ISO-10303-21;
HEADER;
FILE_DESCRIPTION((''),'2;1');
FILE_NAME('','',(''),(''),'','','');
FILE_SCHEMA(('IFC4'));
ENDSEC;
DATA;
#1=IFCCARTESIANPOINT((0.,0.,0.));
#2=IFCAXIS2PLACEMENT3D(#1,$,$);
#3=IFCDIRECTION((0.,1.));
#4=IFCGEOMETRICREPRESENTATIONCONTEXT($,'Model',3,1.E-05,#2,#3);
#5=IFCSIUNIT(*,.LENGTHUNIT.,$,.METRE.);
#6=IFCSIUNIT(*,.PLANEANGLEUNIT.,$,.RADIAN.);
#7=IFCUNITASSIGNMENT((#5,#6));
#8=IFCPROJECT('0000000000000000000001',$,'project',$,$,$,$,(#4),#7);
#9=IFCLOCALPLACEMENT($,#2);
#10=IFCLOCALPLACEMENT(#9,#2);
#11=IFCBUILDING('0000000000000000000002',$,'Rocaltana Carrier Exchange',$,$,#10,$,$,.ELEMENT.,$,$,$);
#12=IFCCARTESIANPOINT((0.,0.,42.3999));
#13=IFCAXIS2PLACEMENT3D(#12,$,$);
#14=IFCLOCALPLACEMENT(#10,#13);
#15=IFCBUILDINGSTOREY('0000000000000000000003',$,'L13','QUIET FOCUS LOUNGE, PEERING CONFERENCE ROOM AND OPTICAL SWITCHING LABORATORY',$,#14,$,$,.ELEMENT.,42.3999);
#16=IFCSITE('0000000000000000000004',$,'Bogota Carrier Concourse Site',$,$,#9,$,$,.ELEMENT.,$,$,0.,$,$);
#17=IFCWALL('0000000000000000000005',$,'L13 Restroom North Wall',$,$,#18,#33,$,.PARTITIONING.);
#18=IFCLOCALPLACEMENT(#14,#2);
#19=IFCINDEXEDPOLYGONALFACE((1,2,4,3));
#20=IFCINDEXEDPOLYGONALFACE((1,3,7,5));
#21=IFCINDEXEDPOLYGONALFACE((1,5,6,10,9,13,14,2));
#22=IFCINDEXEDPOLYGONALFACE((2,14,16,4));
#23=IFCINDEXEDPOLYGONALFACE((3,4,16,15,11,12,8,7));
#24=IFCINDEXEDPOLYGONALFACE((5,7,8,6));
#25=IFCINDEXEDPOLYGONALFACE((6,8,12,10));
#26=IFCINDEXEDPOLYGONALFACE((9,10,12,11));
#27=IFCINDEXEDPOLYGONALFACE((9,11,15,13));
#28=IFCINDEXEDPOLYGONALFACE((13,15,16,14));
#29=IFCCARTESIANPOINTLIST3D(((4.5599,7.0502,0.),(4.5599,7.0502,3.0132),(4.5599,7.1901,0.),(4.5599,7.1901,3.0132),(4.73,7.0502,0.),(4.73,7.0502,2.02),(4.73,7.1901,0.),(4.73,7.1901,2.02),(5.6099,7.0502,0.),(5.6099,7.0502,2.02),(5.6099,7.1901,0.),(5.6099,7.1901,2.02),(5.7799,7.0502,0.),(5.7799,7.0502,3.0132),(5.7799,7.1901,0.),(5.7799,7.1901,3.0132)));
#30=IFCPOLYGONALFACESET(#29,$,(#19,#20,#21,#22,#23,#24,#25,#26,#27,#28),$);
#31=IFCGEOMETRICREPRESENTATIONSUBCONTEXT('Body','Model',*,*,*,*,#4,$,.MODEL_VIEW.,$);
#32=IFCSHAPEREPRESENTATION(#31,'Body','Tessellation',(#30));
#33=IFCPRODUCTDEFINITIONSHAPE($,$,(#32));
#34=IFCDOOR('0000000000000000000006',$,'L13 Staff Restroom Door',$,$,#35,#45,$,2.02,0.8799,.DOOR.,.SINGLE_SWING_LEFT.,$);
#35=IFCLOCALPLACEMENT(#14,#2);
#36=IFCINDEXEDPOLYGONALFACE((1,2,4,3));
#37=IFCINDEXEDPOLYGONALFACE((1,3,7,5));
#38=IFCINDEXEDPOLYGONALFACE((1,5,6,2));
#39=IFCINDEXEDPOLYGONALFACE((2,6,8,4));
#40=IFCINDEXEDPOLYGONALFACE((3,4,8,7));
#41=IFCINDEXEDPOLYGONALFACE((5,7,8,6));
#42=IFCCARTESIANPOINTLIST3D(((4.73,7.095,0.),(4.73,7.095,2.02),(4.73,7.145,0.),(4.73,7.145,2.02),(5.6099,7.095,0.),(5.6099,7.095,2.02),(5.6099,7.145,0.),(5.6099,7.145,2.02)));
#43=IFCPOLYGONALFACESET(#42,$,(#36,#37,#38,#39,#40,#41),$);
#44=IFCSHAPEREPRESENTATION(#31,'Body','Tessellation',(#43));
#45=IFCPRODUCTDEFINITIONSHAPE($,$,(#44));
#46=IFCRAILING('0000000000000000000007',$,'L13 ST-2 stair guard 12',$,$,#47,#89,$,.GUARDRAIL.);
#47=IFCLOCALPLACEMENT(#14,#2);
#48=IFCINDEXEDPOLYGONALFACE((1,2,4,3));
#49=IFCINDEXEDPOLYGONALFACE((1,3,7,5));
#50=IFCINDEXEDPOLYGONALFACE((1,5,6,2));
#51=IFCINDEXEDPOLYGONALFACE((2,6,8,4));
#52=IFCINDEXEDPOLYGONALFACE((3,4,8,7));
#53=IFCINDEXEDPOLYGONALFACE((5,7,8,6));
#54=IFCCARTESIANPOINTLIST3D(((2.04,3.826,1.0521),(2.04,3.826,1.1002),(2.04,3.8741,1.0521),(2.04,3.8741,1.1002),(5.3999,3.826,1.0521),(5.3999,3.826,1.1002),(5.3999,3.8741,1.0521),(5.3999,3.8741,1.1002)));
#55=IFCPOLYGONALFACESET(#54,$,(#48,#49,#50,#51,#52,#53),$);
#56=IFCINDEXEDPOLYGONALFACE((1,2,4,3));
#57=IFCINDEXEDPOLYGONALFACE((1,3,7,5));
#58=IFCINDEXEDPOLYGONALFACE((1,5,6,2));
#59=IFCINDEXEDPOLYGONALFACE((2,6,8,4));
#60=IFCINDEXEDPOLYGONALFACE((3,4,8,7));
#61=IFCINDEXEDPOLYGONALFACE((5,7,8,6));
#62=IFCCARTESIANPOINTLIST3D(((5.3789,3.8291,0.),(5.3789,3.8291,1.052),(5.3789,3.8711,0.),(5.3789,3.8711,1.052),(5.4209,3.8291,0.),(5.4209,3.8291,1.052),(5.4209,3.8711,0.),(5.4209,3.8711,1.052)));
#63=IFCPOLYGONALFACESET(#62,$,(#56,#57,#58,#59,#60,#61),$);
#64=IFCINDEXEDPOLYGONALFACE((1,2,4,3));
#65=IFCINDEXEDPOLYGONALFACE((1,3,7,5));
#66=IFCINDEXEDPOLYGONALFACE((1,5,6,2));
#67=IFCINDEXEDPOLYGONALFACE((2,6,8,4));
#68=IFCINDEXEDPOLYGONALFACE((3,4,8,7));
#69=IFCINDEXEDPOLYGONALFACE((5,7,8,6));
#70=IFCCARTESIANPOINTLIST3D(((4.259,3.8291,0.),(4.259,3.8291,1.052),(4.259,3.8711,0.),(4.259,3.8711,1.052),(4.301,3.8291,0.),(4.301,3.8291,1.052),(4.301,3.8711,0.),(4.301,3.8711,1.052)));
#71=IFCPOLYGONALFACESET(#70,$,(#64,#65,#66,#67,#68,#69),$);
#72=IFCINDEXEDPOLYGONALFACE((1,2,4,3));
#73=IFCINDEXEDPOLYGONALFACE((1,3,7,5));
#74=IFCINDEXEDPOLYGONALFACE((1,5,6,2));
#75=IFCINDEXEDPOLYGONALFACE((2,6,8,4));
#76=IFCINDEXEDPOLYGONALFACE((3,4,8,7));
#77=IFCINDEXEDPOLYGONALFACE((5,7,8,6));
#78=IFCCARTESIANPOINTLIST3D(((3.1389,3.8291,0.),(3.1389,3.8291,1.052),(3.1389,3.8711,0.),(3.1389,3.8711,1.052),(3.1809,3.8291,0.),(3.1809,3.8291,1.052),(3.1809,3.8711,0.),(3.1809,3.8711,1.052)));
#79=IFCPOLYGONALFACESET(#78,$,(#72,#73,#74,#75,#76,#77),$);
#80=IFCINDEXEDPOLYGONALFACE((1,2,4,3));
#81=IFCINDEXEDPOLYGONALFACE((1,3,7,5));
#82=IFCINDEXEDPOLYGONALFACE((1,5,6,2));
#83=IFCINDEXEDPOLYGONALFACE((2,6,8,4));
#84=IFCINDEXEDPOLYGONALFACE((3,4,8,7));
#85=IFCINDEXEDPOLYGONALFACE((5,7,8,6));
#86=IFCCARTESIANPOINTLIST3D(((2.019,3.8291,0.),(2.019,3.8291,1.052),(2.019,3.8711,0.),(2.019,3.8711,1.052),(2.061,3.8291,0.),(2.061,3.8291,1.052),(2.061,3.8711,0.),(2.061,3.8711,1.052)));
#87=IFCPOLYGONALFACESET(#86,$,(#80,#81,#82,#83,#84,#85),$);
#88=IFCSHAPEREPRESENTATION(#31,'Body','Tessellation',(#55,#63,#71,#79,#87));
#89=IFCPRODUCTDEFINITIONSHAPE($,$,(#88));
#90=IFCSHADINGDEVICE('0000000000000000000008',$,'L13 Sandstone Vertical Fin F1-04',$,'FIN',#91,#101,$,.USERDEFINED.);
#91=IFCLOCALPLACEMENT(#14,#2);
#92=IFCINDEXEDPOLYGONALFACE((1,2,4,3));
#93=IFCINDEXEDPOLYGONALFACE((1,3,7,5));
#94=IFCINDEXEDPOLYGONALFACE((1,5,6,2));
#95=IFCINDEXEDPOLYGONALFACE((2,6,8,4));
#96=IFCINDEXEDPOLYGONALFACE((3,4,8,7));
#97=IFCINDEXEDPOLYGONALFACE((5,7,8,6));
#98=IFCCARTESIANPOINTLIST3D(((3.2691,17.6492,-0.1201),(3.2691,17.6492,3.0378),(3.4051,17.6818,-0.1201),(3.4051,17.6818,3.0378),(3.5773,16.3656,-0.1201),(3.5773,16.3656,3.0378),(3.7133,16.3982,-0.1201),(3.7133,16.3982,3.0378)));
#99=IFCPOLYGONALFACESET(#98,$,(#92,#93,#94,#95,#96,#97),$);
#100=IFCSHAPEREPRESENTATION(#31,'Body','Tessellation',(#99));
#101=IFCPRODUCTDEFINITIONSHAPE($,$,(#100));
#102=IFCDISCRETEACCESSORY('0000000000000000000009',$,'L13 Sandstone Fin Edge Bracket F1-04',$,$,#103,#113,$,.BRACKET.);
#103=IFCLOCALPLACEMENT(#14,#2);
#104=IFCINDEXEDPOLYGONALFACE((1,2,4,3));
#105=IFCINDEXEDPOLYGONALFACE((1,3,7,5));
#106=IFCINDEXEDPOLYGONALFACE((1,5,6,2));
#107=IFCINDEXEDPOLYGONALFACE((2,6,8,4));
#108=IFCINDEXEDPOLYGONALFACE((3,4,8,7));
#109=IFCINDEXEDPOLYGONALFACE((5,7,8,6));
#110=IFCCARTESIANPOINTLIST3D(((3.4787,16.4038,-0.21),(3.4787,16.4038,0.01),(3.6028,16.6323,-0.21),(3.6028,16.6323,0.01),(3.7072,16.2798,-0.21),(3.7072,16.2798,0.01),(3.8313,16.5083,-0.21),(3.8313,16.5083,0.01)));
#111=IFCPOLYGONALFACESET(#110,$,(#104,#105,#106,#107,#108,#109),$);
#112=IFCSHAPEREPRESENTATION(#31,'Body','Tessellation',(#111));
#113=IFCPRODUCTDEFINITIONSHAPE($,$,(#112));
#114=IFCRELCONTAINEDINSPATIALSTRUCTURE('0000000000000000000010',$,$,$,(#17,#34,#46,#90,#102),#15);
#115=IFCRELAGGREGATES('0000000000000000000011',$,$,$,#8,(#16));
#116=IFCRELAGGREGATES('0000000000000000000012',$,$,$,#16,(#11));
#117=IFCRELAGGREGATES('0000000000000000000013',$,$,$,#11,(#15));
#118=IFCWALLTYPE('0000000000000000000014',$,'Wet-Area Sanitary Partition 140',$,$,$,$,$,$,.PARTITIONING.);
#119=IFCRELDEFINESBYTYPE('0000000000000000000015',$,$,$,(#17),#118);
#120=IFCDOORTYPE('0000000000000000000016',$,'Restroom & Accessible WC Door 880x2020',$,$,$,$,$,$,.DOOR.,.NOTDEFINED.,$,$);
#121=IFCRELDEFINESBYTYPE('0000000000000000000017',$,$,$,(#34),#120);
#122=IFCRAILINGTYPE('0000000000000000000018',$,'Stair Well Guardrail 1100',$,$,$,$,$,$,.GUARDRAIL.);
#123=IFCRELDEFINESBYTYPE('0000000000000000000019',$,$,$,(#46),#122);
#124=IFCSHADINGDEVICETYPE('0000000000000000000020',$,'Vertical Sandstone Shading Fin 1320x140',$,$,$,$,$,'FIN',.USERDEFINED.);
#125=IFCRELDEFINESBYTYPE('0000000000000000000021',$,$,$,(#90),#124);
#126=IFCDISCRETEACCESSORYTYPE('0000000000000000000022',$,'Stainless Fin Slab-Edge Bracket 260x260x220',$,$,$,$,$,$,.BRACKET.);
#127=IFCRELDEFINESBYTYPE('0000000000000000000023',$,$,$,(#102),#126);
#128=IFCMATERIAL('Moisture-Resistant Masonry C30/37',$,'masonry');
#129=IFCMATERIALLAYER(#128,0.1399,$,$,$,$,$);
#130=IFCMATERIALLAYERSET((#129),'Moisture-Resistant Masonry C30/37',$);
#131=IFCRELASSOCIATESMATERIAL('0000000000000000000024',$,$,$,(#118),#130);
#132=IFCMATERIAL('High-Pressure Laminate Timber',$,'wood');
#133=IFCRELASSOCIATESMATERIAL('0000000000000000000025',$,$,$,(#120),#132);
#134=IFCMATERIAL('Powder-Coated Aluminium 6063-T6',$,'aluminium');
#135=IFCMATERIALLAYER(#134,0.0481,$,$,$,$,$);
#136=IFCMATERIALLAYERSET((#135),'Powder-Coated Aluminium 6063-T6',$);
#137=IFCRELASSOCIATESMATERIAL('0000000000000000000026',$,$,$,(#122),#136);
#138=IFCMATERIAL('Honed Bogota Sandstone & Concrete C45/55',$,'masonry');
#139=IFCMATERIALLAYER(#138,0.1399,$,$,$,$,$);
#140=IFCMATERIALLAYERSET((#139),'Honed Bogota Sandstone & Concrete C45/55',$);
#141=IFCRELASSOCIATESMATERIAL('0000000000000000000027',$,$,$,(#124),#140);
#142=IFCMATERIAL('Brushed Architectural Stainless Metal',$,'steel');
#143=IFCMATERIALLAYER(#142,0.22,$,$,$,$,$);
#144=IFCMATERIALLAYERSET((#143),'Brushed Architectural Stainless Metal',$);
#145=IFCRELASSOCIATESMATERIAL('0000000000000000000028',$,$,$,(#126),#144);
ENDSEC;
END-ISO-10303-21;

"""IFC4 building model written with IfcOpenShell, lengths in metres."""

from ifc_helpers import new_model, si_unit, direction, frame, frame_2d, origin, origin_2d, place, context, subcontext, project, spatial, rectangle, extrude, material, layer, layer_set, type_object, element, fill, save


model = new_model("IFC4")

# Units and contexts
model_context = context("Model", 3, precision=1e-05, world=origin(), true_north=direction((0.0, 1.0)))
body_context = subcontext(model_context, "Body", "Model", "MODEL_VIEW")
ifc_project = project(units=[si_unit("LENGTHUNIT", "METRE"), si_unit("PLANEANGLEUNIT", "RADIAN")], contexts=[model_context])

# Site, building, storey
site_placement = place(None, origin())
site = spatial("IfcSite", under=ifc_project, at=site_placement, Name="Bogota Carrier Concourse Site", CompositionType="ELEMENT", RefElevation=0.0)
building_placement = place(site_placement, origin())
building = spatial("IfcBuilding", under=site, at=building_placement, Name="Rocaltana Carrier Exchange", CompositionType="ELEMENT")
storey_placement = place(building_placement, frame((0.0, 0.0, 42.3999)))
storey = spatial("IfcBuildingStorey", under=building, at=storey_placement, Name="L13", Description="QUIET FOCUS LOUNGE, PEERING CONFERENCE ROOM AND OPTICAL SWITCHING LABORATORY", CompositionType="ELEMENT", Elevation=42.3999)

# Shared definitions
ifc_material_1 = material(Name="Moisture-Resistant Masonry C30/37", Category="masonry")
ifc_layer_1 = layer(ifc_material_1, 0.1399)
ifc_layer_set_1 = layer_set([ifc_layer_1], Name="Moisture-Resistant Masonry C30/37")
wall_type_1 = type_object("IfcWallType", Name="Wet-Area Sanitary Partition 140", PredefinedType="PARTITIONING", material=ifc_layer_set_1)

# Wall, opening, door
wall_1_placement = place(storey_placement, frame((4.5601, 7.1201, 0.0), z_axis=(0.0, 0.0, 1.0), x_axis=(1.0, 0.0, 0.0)))
wall_1 = element("IfcWall", 1, at=wall_1_placement, inside=storey, type_object=wall_type_1, Name="L13 Restroom North Wall", PredefinedType="PARTITIONING", context=body_context, shape_type="SweptSolid", body=[
    extrude(rectangle(XDim=1.22, YDim=0.1399, at=frame_2d((0.6099, 0.0))), origin(), (0.0, 0.0, 1.0), 3.0132),
])
opening_1_placement = place(wall_1_placement, frame((0.1699, 0.0, 0.0)))
opening_1 = element("IfcOpeningElement", 2, at=opening_1_placement, cuts=wall_1, PredefinedType="OPENING", context=body_context, shape_type="SweptSolid", body=[
    extrude(rectangle(XDim=0.8799, YDim=2.02, at=frame_2d((0.4399, 1.01))), frame((0.0, 0.0798, 0.0), z_axis=(0.0, -1.0, 0.0), x_axis=(1.0, 0.0, 0.0)), (0.0, 0.0, 1.0), 0.1599),
])
ifc_material_2 = material(Name="High-Pressure Laminate Timber", Category="wood")
door_type_1 = type_object("IfcDoorType", Name="Restroom & Accessible WC Door 880x2020", OperationType="NOTDEFINED", PredefinedType="DOOR", material=ifc_material_2)
door_1_placement = place(opening_1_placement, origin())
door_1 = element("IfcDoor", 3, at=door_1_placement, inside=storey, type_object=door_type_1, Name="L13 Staff Restroom Door", OperationType="SINGLE_SWING_LEFT", OverallHeight=2.02, OverallWidth=0.8799, PredefinedType="DOOR", context=body_context, shape_type="SweptSolid", body=[
    extrude(rectangle(XDim=0.8799, YDim=2.02, at=frame_2d((0.4399, 1.01))), frame((0.0, 0.0249, 0.0), z_axis=(0.0, -1.0, 0.0), x_axis=(1.0, 0.0, 0.0)), (0.0, 0.0, 1.0), 0.05),
])
fill(opening_1, door_1)

# Railing
ifc_material_3 = material(Name="Powder-Coated Aluminium 6063-T6", Category="aluminium")
ifc_layer_2 = layer(ifc_material_3, 0.0481)
ifc_layer_set_2 = layer_set([ifc_layer_2], Name="Powder-Coated Aluminium 6063-T6")
railing_type = type_object("IfcRailingType", Name="Stair Well Guardrail 1100", PredefinedType="GUARDRAIL", material=ifc_layer_set_2)
railing_placement = place(storey_placement, frame((5.3999, 3.8501, 0.0)))
element("IfcRailing", 4, at=railing_placement, inside=storey, type_object=railing_type, Name="L13 ST-2 stair guard 12", PredefinedType="GUARDRAIL", context=body_context, shape_type="SweptSolid", body=[
    extrude(rectangle(XDim=0.0481, YDim=0.0481, at=origin_2d()), frame((0.0, 0.0, 1.0762), z_axis=(-1.0, 0.0, 0.0), x_axis=(0.0, -1.0, 0.0)), (0.0, 0.0, 1.0), 3.3599),
    extrude(rectangle(XDim=0.042, YDim=0.042, at=origin_2d()), origin(), (0.0, 0.0, 1.0), 1.052),
    extrude(rectangle(XDim=0.042, YDim=0.042, at=origin_2d()), frame((-1.1199, 0.0, 0.0)), (0.0, 0.0, 1.0), 1.052),
    extrude(rectangle(XDim=0.042, YDim=0.042, at=origin_2d()), frame((-2.24, 0.0, 0.0)), (0.0, 0.0, 1.0), 1.052),
    extrude(rectangle(XDim=0.042, YDim=0.042, at=origin_2d()), frame((-3.3599, 0.0, 0.0)), (0.0, 0.0, 1.0), 1.052),
])

# Shading device
ifc_material_4 = material(Name="Honed Bogota Sandstone & Concrete C45/55", Category="masonry")
ifc_layer_3 = layer(ifc_material_4, 0.1399)
ifc_layer_set_3 = layer_set([ifc_layer_3], Name="Honed Bogota Sandstone & Concrete C45/55")
shading_device_type = type_object("IfcShadingDeviceType", Name="Vertical Sandstone Shading Fin 1320x140", ElementType="FIN", PredefinedType="USERDEFINED", material=ifc_layer_set_3)
shading_device_placement = place(storey_placement, frame((3.4912, 17.0237, -0.1201), z_axis=(0.0, 0.0, 1.0), x_axis=(-0.233445, 0.97237, 0.0)))
element("IfcShadingDevice", 5, at=shading_device_placement, inside=storey, type_object=shading_device_type, Name="L13 Sandstone Vertical Fin F1-04", ObjectType="FIN", PredefinedType="USERDEFINED", context=body_context, shape_type="SweptSolid", body=[
    extrude(rectangle(XDim=1.3201, YDim=0.1399, at=origin_2d()), origin(), (0.0, 0.0, 1.0), 3.158),
])

# Discrete accessory
ifc_material_5 = material(Name="Brushed Architectural Stainless Metal", Category="steel")
ifc_layer_4 = layer(ifc_material_5, 0.22)
ifc_layer_set_4 = layer_set([ifc_layer_4], Name="Brushed Architectural Stainless Metal")
discrete_accessory_type = type_object("IfcDiscreteAccessoryType", Name="Stainless Fin Slab-Edge Bracket 260x260x220", PredefinedType="BRACKET", material=ifc_layer_set_4)
discrete_accessory_placement = place(storey_placement, frame((3.655, 16.4561, -0.21), z_axis=(0.0, 0.0, 1.0), x_axis=(-0.878817, 0.477159, 0.0)))
element("IfcDiscreteAccessory", 6, at=discrete_accessory_placement, inside=storey, type_object=discrete_accessory_type, Name="L13 Sandstone Fin Edge Bracket F1-04", PredefinedType="BRACKET", context=body_context, shape_type="SweptSolid", body=[
    extrude(rectangle(XDim=0.26, YDim=0.26, at=origin_2d()), origin(), (0.0, 0.0, 1.0), 0.22),
])

save(model, "model.ifc")
